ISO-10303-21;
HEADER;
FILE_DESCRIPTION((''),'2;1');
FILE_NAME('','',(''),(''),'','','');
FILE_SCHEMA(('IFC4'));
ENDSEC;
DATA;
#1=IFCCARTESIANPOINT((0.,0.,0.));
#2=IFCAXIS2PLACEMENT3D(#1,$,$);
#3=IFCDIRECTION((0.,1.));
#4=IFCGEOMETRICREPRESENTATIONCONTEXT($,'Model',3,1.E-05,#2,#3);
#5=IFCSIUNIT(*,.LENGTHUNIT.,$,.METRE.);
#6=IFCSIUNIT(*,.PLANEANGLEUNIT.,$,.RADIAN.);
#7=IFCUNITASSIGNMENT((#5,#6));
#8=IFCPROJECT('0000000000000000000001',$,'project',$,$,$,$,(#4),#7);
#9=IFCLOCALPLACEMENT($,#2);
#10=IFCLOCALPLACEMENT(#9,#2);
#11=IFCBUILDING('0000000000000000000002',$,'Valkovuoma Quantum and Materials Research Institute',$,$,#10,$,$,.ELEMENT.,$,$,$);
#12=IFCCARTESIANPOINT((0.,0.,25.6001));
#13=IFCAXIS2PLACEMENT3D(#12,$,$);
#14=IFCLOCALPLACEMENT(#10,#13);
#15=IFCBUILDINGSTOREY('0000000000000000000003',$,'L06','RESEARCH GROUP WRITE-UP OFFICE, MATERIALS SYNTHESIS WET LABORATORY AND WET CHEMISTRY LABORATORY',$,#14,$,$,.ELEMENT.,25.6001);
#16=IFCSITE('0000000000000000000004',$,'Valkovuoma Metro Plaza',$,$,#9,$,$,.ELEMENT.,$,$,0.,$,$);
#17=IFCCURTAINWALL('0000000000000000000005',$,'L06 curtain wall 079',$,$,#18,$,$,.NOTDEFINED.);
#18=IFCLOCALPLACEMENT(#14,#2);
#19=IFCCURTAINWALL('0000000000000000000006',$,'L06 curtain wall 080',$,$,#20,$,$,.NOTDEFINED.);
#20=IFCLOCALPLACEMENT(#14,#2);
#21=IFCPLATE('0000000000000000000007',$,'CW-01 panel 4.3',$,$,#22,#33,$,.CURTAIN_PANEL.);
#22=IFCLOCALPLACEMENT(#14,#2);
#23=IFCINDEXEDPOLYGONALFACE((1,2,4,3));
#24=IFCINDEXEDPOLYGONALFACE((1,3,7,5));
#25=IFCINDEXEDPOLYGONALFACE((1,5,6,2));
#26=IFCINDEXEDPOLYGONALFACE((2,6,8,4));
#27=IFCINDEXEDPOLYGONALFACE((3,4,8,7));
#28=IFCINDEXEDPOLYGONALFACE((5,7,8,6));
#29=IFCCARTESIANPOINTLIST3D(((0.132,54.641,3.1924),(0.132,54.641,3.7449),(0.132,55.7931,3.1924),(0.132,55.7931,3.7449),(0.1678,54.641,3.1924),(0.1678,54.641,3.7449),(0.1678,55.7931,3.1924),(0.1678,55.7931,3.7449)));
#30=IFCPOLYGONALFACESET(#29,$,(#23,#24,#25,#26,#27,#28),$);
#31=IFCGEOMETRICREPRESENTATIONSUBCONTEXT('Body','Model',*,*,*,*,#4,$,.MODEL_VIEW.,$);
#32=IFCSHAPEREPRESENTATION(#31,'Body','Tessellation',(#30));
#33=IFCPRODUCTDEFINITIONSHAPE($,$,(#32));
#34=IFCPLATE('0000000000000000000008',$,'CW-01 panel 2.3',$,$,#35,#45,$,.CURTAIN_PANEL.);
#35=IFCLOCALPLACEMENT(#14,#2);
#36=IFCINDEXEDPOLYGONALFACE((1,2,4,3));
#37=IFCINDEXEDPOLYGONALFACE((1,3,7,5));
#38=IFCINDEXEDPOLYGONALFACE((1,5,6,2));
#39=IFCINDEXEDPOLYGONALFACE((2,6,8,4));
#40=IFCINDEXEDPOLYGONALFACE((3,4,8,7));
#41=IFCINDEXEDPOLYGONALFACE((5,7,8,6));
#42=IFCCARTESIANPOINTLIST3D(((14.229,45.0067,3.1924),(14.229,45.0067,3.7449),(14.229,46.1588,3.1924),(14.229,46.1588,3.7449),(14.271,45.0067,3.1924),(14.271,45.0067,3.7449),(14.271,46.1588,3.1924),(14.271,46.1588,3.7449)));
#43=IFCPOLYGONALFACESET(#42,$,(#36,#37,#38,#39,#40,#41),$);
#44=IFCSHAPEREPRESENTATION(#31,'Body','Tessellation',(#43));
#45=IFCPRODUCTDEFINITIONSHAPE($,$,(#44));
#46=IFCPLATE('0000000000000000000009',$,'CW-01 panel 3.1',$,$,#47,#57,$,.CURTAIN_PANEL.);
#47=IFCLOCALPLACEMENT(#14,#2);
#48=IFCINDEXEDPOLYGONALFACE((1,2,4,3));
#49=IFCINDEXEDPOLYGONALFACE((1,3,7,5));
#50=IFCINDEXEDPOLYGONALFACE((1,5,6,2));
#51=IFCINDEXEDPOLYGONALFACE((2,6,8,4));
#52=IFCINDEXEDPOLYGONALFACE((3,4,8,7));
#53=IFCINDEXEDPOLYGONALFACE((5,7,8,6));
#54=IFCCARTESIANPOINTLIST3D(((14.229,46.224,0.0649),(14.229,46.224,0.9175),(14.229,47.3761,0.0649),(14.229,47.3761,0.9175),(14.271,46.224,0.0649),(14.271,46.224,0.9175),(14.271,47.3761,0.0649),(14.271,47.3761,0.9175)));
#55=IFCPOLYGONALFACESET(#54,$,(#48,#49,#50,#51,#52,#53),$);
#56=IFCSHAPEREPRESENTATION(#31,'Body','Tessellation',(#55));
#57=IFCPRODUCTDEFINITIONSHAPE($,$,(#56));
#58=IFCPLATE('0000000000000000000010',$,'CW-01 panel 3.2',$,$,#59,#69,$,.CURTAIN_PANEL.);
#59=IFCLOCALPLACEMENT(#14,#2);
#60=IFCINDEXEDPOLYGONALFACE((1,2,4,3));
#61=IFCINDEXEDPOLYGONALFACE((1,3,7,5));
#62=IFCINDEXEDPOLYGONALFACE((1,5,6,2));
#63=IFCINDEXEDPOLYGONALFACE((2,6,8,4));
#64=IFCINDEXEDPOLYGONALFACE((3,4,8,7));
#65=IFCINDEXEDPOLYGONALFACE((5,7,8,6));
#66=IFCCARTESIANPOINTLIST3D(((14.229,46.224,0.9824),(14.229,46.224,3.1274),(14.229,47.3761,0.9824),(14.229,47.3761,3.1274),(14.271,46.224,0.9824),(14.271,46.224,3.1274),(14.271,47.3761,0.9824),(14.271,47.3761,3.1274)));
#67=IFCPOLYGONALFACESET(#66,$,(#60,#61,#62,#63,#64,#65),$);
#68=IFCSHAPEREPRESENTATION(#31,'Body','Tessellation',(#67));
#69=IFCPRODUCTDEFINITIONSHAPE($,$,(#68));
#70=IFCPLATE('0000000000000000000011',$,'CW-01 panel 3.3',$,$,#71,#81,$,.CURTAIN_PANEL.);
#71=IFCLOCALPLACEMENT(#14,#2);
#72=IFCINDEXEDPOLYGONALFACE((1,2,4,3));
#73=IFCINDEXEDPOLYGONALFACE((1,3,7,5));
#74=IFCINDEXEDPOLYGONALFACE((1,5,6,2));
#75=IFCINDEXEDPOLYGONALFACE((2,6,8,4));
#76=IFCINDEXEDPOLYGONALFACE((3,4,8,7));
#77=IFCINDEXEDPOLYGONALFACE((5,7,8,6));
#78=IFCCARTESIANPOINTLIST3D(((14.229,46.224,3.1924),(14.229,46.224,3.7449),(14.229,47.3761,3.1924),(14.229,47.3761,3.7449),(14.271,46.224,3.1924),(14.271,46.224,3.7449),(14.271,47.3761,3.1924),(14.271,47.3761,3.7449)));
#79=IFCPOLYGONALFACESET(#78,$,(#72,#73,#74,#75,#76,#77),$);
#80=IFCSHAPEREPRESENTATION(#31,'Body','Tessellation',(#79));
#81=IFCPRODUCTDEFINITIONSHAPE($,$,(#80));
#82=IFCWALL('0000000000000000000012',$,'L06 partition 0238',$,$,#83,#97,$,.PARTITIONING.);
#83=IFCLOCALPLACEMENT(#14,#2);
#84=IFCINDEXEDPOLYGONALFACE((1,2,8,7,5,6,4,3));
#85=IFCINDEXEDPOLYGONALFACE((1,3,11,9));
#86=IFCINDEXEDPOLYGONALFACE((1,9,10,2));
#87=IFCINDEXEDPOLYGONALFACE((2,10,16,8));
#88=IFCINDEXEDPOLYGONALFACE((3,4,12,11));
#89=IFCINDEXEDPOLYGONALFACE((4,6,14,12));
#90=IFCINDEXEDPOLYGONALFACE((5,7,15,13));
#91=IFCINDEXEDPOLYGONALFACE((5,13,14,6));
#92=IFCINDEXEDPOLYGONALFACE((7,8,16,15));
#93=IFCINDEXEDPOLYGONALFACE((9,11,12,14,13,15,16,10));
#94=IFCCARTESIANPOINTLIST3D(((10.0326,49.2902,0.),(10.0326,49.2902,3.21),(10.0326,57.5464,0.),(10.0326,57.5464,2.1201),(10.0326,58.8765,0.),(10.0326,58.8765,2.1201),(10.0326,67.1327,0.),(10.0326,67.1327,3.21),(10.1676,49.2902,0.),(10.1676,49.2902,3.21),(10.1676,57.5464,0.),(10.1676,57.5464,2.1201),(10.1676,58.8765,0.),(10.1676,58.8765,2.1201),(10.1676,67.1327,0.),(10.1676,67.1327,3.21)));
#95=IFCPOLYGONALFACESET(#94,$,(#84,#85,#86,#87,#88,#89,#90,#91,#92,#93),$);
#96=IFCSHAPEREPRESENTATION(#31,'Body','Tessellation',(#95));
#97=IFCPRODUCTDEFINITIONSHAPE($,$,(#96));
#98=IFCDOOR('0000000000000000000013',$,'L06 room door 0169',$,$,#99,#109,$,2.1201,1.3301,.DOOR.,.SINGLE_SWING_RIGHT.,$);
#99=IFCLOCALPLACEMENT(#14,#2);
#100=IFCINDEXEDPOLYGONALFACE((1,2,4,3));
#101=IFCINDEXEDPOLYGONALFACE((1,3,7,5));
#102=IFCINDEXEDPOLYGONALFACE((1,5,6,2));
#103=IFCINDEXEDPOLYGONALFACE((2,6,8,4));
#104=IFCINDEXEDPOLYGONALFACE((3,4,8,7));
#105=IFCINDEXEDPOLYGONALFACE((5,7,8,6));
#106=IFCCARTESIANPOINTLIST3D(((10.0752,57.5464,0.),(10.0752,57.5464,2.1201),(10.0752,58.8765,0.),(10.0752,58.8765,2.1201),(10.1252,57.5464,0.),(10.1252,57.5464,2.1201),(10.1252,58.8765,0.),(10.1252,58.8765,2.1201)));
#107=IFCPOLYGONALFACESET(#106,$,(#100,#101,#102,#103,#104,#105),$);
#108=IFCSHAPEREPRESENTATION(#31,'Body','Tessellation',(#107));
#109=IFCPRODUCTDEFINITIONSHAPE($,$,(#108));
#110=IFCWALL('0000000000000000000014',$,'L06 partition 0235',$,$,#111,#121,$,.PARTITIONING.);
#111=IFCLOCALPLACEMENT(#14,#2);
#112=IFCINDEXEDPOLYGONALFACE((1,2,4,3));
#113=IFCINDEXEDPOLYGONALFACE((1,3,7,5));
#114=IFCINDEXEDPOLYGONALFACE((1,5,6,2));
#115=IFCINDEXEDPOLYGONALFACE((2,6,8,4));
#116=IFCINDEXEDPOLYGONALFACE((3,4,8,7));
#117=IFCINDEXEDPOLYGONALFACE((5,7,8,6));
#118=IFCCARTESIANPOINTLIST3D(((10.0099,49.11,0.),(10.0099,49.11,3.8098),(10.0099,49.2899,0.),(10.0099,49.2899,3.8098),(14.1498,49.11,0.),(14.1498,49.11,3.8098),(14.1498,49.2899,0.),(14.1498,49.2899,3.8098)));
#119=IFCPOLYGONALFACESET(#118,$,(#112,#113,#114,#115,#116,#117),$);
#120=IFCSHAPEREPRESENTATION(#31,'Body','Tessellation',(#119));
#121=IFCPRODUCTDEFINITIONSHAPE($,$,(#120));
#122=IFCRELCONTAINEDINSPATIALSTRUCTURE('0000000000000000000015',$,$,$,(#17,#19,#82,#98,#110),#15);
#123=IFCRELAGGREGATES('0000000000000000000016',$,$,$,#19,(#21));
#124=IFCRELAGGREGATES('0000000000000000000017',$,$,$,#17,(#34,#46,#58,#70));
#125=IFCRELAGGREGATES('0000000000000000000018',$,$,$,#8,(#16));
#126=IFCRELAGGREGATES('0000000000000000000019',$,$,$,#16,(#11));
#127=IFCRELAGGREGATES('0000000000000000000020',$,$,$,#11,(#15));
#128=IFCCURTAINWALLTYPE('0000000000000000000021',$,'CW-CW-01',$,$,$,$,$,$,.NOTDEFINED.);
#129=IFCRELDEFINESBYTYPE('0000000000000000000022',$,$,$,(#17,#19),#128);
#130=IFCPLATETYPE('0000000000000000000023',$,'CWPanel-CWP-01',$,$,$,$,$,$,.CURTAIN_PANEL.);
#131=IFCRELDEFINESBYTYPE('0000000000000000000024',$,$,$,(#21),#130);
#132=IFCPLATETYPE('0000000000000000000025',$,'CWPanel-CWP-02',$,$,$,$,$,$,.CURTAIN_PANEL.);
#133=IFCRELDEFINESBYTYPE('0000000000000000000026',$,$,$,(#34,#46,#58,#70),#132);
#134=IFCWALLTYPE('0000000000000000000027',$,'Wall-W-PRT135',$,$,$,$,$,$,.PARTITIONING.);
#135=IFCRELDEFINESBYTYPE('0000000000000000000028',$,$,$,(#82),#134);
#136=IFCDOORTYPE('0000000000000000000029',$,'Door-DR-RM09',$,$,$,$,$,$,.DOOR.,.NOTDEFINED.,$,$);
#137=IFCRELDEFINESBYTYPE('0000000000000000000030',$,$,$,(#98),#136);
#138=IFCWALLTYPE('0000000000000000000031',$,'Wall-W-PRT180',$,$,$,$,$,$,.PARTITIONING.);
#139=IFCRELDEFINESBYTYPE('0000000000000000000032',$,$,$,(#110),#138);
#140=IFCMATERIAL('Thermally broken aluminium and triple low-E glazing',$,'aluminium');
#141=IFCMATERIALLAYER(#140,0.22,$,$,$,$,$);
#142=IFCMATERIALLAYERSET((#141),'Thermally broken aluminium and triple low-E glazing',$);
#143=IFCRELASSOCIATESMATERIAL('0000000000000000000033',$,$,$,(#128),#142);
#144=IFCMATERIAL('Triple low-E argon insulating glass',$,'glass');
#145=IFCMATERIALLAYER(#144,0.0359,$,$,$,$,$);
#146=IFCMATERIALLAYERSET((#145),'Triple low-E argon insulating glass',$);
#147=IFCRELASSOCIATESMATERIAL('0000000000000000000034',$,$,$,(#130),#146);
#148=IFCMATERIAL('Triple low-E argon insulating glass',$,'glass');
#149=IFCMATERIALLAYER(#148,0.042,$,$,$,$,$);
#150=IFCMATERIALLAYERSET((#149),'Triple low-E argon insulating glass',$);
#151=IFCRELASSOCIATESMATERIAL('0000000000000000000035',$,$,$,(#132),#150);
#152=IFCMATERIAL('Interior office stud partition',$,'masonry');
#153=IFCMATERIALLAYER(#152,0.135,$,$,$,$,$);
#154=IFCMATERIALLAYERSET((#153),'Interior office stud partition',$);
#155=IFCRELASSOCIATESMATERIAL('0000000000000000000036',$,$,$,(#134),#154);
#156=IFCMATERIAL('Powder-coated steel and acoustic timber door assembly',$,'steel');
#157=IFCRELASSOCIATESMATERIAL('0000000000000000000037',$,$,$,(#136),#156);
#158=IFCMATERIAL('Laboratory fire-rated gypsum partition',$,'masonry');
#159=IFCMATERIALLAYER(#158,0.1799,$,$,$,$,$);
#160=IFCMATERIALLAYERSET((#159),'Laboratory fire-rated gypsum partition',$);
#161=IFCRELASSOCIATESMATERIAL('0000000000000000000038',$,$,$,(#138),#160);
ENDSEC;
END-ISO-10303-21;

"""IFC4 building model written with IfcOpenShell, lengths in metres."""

from ifc_helpers import new_model, si_unit, direction, frame, frame_2d, origin, origin_2d, place, context, subcontext, project, spatial, rectangle, extrude, material, layer, layer_set, type_object, element, fill, aggregate, save


model = new_model("IFC4")

# Units and contexts
model_context = context("Model", 3, precision=1e-05, world=origin(), true_north=direction((0.0, 1.0)))
body_context = subcontext(model_context, "Body", "Model", "MODEL_VIEW")
ifc_project = project(units=[si_unit("LENGTHUNIT", "METRE"), si_unit("PLANEANGLEUNIT", "RADIAN")], contexts=[model_context])

# Site, building, storey
site_placement = place(None, origin())
site = spatial("IfcSite", under=ifc_project, at=site_placement, Name="Valkovuoma Metro Plaza", CompositionType="ELEMENT", RefElevation=0.0)
building_placement = place(site_placement, origin())
building = spatial("IfcBuilding", under=site, at=building_placement, Name="Valkovuoma Quantum and Materials Research Institute", CompositionType="ELEMENT")
storey_placement = place(building_placement, frame((0.0, 0.0, 25.6001)))
storey = spatial("IfcBuildingStorey", under=building, at=storey_placement, Name="L06", Description="RESEARCH GROUP WRITE-UP OFFICE, MATERIALS SYNTHESIS WET LABORATORY AND WET CHEMISTRY LABORATORY", CompositionType="ELEMENT", Elevation=25.6001)

# Curtain wall
ifc_material_1 = material(Name="Thermally broken aluminium and triple low-E glazing", Category="aluminium")
ifc_layer_1 = layer(ifc_material_1, 0.22)
ifc_layer_set_1 = layer_set([ifc_layer_1], Name="Thermally broken aluminium and triple low-E glazing")
curtain_wall_type = type_object("IfcCurtainWallType", Name="CW-CW-01", PredefinedType="NOTDEFINED", material=ifc_layer_set_1)
curtain_wall_1_placement = place(storey_placement, origin())
curtain_wall_1 = element("IfcCurtainWall", 1, at=curtain_wall_1_placement, inside=storey, type_object=curtain_wall_type, Name="L06 curtain wall 079", PredefinedType="NOTDEFINED")

# Curtain wall
curtain_wall_2_placement = place(storey_placement, origin())
curtain_wall_2 = element("IfcCurtainWall", 2, at=curtain_wall_2_placement, inside=storey, type_object=curtain_wall_type, Name="L06 curtain wall 080", PredefinedType="NOTDEFINED")

# Plates
ifc_material_2 = material(Name="Triple low-E argon insulating glass", Category="glass")
ifc_layer_2 = layer(ifc_material_2, 0.0359)
ifc_layer_set_2 = layer_set([ifc_layer_2], Name="Triple low-E argon insulating glass")
plate_type_1 = type_object("IfcPlateType", Name="CWPanel-CWP-01", PredefinedType="CURTAIN_PANEL", material=ifc_layer_set_2)
plate_1_placement = place(storey_placement, frame((0.1499, 55.217, 3.1924), z_axis=(0.0, 0.0, 1.0), x_axis=(0.0, 1.0, 0.0)))
plate_1 = element("IfcPlate", 3, at=plate_1_placement, type_object=plate_type_1, Name="CW-01 panel 4.3", PredefinedType="CURTAIN_PANEL", context=body_context, shape_type="SweptSolid", body=[
    extrude(rectangle(XDim=1.1521, YDim=0.0359, at=origin_2d()), origin(), (0.0, 0.0, 1.0), 0.5525),
])
aggregate(curtain_wall_2, [plate_1])
ifc_material_3 = material(Name="Triple low-E argon insulating glass", Category="glass")
ifc_layer_3 = layer(ifc_material_3, 0.042)
ifc_layer_set_3 = layer_set([ifc_layer_3], Name="Triple low-E argon insulating glass")
plate_type_2 = type_object("IfcPlateType", Name="CWPanel-CWP-02", PredefinedType="CURTAIN_PANEL", material=ifc_layer_set_3)
plate_2_placement = place(storey_placement, frame((14.25, 45.5828, 3.1924), z_axis=(0.0, 0.0, 1.0), x_axis=(0.0, 1.0, 0.0)))
plate_2 = element("IfcPlate", 4, at=plate_2_placement, type_object=plate_type_2, Name="CW-01 panel 2.3", PredefinedType="CURTAIN_PANEL", context=body_context, shape_type="SweptSolid", body=[
    extrude(rectangle(XDim=1.1521, YDim=0.042, at=origin_2d()), origin(), (0.0, 0.0, 1.0), 0.5525),
])
plate_3_placement = place(storey_placement, frame((14.25, 46.8, 0.0649), z_axis=(0.0, 0.0, 1.0), x_axis=(0.0, 1.0, 0.0)))
plate_3 = element("IfcPlate", 5, at=plate_3_placement, type_object=plate_type_2, Name="CW-01 panel 3.1", PredefinedType="CURTAIN_PANEL", context=body_context, shape_type="SweptSolid", body=[
    extrude(rectangle(XDim=1.1521, YDim=0.042, at=origin_2d()), origin(), (0.0, 0.0, 1.0), 0.8525),
])
plate_4_placement = place(storey_placement, frame((14.25, 46.8, 0.9824), z_axis=(0.0, 0.0, 1.0), x_axis=(0.0, 1.0, 0.0)))
plate_4 = element("IfcPlate", 6, at=plate_4_placement, type_object=plate_type_2, Name="CW-01 panel 3.2", PredefinedType="CURTAIN_PANEL", context=body_context, shape_type="SweptSolid", body=[
    extrude(rectangle(XDim=1.1521, YDim=0.042, at=origin_2d()), origin(), (0.0, 0.0, 1.0), 2.145),
])
plate_5_placement = place(storey_placement, frame((14.25, 46.8, 3.1924), z_axis=(0.0, 0.0, 1.0), x_axis=(0.0, 1.0, 0.0)))
plate_5 = element("IfcPlate", 7, at=plate_5_placement, type_object=plate_type_2, Name="CW-01 panel 3.3", PredefinedType="CURTAIN_PANEL", context=body_context, shape_type="SweptSolid", body=[
    extrude(rectangle(XDim=1.1521, YDim=0.042, at=origin_2d()), origin(), (0.0, 0.0, 1.0), 0.5525),
])
aggregate(curtain_wall_1, [plate_2, plate_3, plate_4, plate_5])

# Wall, opening, door
ifc_material_4 = material(Name="Interior office stud partition", Category="masonry")
ifc_layer_4 = layer(ifc_material_4, 0.135)
ifc_layer_set_4 = layer_set([ifc_layer_4], Name="Interior office stud partition")
wall_type_1 = type_object("IfcWallType", Name="Wall-W-PRT135", PredefinedType="PARTITIONING", material=ifc_layer_set_4)
wall_1_placement = place(storey_placement, frame((10.1001, 49.29, 0.0), z_axis=(0.0, 0.0, 1.0), x_axis=(0.0, 1.0, 0.0)))
wall_1 = element("IfcWall", 8, at=wall_1_placement, inside=storey, type_object=wall_type_1, Name="L06 partition 0238", PredefinedType="PARTITIONING", context=body_context, shape_type="SweptSolid", body=[
    extrude(rectangle(XDim=17.8425, YDim=0.135, at=frame_2d((8.9214, 0.0))), origin(), (0.0, 0.0, 1.0), 3.21),
])
opening_placement = place(wall_1_placement, frame((8.2563, 0.0, 0.0)))
opening = element("IfcOpeningElement", 9, at=opening_placement, cuts=wall_1, PredefinedType="OPENING", context=body_context, shape_type="SweptSolid", body=[
    extrude(rectangle(XDim=1.3301, YDim=2.1201, at=frame_2d((0.665, 1.0601))), frame((0.0, 0.0776, 0.0), z_axis=(0.0, -1.0, 0.0), x_axis=(1.0, 0.0, 0.0)), (0.0, 0.0, 1.0), 0.155),
])
ifc_material_5 = material(Name="Powder-coated steel and acoustic timber door assembly", Category="steel")
door_type = type_object("IfcDoorType", Name="Door-DR-RM09", OperationType="NOTDEFINED", PredefinedType="DOOR", material=ifc_material_5)
door_placement = place(opening_placement, origin())
door = element("IfcDoor", 10, at=door_placement, inside=storey, type_object=door_type, Name="L06 room door 0169", OperationType="SINGLE_SWING_RIGHT", OverallHeight=2.1201, OverallWidth=1.3301, PredefinedType="DOOR", context=body_context, shape_type="SweptSolid", body=[
    extrude(rectangle(XDim=1.3301, YDim=2.1201, at=frame_2d((0.665, 1.0601))), frame((0.0, 0.0249, 0.0), z_axis=(0.0, -1.0, 0.0), x_axis=(1.0, 0.0, 0.0)), (0.0, 0.0, 1.0), 0.05),
])
fill(opening, door)

# Wall
ifc_material_6 = material(Name="Laboratory fire-rated gypsum partition", Category="masonry")
ifc_layer_5 = layer(ifc_material_6, 0.1799)
ifc_layer_set_5 = layer_set([ifc_layer_5], Name="Laboratory fire-rated gypsum partition")
wall_type_2 = type_object("IfcWallType", Name="Wall-W-PRT180", PredefinedType="PARTITIONING", material=ifc_layer_set_5)
wall_2_placement = place(storey_placement, frame((10.01, 49.2, 0.0), z_axis=(0.0, 0.0, 1.0), x_axis=(1.0, 0.0, 0.0)))
element("IfcWall", 11, at=wall_2_placement, inside=storey, type_object=wall_type_2, Name="L06 partition 0235", PredefinedType="PARTITIONING", context=body_context, shape_type="SweptSolid", body=[
    extrude(rectangle(XDim=4.1399, YDim=0.1799, at=frame_2d((2.0698, 0.0))), origin(), (0.0, 0.0, 1.0), 3.8098),
])

save(model, "model.ifc")
